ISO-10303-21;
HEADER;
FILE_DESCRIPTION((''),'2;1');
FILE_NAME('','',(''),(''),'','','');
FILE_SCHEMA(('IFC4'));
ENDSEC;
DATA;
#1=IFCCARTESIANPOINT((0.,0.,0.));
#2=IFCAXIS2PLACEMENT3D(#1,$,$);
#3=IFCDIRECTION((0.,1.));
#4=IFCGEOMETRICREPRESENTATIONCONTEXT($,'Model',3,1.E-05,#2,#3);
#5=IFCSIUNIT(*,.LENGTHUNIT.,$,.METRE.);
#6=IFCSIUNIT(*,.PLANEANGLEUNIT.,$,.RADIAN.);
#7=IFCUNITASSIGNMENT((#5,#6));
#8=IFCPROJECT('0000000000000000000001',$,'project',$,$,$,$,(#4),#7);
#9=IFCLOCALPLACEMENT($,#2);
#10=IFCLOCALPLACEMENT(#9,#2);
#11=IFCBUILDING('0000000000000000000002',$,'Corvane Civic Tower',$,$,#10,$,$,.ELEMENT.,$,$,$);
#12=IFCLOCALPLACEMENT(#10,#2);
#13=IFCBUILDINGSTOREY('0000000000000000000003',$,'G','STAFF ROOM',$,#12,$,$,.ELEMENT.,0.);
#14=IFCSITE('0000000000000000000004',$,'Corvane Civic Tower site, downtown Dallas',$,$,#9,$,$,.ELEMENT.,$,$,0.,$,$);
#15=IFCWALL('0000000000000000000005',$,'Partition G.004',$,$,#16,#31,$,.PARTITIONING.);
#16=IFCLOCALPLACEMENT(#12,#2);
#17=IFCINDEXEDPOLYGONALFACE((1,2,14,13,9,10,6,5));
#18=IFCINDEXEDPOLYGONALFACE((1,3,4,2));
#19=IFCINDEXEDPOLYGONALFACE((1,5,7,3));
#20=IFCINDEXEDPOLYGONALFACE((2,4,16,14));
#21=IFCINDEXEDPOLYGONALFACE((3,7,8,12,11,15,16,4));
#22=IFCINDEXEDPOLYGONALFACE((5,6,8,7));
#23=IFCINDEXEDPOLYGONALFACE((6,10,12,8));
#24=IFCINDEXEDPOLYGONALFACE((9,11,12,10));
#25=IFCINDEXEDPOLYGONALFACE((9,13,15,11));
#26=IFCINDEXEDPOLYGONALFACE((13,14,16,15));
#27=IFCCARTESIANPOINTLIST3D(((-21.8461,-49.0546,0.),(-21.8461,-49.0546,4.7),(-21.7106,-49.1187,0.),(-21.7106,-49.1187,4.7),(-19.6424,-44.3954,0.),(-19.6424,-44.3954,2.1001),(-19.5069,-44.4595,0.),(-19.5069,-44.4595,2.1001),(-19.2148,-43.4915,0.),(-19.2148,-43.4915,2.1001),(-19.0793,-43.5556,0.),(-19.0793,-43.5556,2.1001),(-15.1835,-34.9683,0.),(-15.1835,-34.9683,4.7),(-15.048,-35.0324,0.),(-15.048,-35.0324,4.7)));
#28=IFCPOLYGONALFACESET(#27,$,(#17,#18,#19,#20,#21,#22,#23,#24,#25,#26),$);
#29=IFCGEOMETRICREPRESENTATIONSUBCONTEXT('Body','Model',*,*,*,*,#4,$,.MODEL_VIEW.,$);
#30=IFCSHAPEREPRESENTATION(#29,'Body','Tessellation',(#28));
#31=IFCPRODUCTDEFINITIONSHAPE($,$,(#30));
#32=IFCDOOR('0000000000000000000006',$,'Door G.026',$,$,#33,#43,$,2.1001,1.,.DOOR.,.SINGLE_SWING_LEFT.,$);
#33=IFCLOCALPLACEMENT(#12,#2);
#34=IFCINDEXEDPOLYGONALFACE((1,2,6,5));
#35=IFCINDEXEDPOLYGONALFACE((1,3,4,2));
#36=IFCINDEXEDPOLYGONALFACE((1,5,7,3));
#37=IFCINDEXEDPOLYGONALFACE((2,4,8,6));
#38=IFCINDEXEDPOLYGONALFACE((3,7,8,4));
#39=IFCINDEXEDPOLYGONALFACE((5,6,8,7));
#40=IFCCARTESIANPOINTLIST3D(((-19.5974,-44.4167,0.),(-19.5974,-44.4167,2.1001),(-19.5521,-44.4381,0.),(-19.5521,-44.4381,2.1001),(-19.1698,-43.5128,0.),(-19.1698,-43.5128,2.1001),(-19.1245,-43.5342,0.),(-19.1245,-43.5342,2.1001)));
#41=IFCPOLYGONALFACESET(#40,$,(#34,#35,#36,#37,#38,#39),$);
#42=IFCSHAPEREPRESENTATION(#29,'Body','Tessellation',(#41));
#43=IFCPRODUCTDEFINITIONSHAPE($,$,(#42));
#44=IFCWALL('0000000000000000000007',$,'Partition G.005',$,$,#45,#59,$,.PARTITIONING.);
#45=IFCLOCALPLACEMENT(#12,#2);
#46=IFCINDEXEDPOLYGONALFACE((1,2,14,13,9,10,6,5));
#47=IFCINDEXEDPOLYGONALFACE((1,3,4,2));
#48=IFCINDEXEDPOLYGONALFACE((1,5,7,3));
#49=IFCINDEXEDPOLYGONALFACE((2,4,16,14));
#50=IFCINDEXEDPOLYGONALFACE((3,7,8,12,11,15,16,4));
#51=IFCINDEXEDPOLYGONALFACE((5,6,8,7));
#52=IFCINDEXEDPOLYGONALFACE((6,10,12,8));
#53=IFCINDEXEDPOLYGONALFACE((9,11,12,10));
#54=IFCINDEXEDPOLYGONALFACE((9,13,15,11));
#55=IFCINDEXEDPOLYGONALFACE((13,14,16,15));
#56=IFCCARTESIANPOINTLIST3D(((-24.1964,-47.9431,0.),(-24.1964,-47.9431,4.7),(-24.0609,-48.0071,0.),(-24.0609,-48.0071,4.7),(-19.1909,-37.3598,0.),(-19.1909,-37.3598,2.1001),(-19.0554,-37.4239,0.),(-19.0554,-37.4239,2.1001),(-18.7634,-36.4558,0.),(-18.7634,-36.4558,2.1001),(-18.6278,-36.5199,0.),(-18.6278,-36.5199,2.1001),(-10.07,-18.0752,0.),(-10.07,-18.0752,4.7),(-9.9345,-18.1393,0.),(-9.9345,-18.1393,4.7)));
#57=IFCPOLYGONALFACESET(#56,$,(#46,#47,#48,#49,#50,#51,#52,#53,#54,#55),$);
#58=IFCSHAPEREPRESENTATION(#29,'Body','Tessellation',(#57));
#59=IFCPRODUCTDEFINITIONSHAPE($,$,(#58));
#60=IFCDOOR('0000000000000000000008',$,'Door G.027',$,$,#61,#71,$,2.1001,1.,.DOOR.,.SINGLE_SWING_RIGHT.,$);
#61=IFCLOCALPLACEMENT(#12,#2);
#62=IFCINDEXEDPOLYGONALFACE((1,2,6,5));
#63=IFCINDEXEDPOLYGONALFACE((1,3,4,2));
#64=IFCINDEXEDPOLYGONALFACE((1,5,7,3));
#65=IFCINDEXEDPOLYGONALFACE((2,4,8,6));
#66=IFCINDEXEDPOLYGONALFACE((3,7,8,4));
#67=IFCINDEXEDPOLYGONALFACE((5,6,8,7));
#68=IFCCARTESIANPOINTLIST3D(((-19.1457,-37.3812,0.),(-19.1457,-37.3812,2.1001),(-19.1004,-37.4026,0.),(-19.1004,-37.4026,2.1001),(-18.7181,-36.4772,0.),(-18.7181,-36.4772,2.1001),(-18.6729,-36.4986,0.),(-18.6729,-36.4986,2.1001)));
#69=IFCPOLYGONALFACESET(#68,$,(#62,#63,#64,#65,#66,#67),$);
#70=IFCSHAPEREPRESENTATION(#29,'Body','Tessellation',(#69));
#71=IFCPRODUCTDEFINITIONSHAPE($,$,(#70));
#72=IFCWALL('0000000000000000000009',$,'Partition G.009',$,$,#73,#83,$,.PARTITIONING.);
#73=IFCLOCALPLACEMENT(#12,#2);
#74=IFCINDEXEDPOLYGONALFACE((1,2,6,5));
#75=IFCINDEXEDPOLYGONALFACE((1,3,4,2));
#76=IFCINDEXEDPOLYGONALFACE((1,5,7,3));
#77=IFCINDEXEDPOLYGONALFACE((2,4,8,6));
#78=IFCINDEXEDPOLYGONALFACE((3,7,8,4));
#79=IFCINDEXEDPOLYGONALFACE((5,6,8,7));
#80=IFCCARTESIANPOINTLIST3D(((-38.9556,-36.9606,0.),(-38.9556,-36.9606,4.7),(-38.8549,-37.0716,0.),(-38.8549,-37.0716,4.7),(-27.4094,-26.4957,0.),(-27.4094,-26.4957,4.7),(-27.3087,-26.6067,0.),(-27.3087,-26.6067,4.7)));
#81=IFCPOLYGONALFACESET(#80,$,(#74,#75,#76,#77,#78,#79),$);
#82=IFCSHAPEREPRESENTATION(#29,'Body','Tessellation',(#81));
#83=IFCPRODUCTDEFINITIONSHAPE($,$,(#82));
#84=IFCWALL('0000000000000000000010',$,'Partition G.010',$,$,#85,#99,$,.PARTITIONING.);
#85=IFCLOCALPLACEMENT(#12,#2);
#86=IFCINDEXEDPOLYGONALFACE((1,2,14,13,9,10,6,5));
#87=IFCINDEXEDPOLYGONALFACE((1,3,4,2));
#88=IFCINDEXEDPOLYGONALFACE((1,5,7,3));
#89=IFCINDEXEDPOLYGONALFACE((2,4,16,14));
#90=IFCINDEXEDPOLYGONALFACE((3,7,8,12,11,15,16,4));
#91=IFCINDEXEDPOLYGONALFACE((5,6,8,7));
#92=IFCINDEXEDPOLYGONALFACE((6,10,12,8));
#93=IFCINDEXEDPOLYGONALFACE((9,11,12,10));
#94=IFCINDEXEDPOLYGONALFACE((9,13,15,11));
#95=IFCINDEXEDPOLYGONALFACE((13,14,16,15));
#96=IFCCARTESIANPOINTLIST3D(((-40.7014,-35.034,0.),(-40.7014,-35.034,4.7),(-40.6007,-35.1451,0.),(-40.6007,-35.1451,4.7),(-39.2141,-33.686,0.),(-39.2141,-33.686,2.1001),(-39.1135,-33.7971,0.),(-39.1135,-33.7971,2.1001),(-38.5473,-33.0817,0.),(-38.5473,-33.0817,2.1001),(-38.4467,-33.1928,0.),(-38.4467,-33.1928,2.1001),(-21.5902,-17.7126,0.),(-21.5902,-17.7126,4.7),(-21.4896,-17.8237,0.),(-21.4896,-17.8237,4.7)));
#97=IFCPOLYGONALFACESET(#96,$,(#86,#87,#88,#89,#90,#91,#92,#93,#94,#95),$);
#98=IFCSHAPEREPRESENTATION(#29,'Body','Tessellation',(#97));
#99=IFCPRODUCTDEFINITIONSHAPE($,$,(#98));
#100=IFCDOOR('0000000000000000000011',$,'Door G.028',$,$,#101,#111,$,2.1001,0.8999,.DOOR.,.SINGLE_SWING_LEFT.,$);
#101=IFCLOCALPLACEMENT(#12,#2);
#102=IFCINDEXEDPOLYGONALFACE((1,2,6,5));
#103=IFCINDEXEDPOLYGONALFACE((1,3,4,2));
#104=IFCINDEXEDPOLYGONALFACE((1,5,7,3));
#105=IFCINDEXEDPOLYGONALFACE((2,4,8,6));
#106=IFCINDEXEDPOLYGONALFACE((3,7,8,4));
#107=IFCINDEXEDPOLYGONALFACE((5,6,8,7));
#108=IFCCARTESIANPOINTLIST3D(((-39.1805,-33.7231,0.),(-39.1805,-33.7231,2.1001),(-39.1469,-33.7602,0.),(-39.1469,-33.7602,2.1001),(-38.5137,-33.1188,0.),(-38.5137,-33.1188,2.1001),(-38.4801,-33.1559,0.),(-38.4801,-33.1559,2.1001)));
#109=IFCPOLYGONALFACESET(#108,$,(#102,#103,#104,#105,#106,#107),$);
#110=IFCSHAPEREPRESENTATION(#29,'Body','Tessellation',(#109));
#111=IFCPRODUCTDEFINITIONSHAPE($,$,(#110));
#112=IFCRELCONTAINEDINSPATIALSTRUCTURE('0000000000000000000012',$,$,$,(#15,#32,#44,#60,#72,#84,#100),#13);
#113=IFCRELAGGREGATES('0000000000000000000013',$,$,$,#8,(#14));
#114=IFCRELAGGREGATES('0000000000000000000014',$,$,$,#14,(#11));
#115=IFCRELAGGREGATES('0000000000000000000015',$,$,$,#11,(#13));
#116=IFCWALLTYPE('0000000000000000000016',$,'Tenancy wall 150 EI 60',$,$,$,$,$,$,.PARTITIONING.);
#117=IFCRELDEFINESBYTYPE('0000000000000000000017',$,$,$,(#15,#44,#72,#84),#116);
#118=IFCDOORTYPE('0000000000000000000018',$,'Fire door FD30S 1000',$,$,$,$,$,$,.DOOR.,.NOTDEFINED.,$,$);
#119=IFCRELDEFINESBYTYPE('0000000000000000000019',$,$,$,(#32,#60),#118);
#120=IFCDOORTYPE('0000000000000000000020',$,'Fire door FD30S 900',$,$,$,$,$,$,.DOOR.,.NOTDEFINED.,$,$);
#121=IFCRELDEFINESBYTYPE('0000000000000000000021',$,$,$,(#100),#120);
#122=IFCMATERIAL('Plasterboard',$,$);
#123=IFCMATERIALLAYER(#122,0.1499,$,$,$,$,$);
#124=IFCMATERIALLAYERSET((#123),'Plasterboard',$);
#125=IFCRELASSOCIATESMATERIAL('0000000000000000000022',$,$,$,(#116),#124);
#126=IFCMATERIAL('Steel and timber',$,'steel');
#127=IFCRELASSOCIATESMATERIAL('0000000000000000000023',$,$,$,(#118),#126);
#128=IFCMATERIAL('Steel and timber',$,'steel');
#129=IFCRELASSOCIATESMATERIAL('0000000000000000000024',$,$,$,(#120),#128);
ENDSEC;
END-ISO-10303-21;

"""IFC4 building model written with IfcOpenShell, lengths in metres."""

from ifc_helpers import new_model, si_unit, direction, frame, frame_2d, origin, place, context, subcontext, project, spatial, rectangle, extrude, material, layer, layer_set, type_object, element, fill, save


model = new_model("IFC4")

# Units and contexts
model_context = context("Model", 3, precision=1e-05, world=origin(), true_north=direction((0.0, 1.0)))
body_context = subcontext(model_context, "Body", "Model", "MODEL_VIEW")
ifc_project = project(units=[si_unit("LENGTHUNIT", "METRE"), si_unit("PLANEANGLEUNIT", "RADIAN")], contexts=[model_context])

# Site, building, storey
site_placement = place(None, origin())
site = spatial("IfcSite", under=ifc_project, at=site_placement, Name="Corvane Civic Tower site, downtown Dallas", CompositionType="ELEMENT", RefElevation=0.0)
building_placement = place(site_placement, origin())
building = spatial("IfcBuilding", under=site, at=building_placement, Name="Corvane Civic Tower", CompositionType="ELEMENT")
storey_placement = place(building_placement, origin())
storey = spatial("IfcBuildingStorey", under=building, at=storey_placement, Name="G", Description="STAFF ROOM", CompositionType="ELEMENT", Elevation=0.0)

# Walls, openings, doors
ifc_material_1 = material(Name="Plasterboard")
ifc_layer_1 = layer(ifc_material_1, 0.1499)
ifc_layer_set_1 = layer_set([ifc_layer_1], Name="Plasterboard")
wall_type_1 = type_object("IfcWallType", Name="Tenancy wall 150 EI 60", PredefinedType="PARTITIONING", material=ifc_layer_set_1)
wall_1_placement = place(storey_placement, frame((-21.7783, -49.0867, 0.0), z_axis=(0.0, 0.0, 1.0), x_axis=(0.427566, 0.903984, 0.0)))
wall_1 = element("IfcWall", 1, at=wall_1_placement, inside=storey, type_object=wall_type_1, Name="Partition G.004", PredefinedType="PARTITIONING", context=body_context, shape_type="SweptSolid", body=[
    extrude(rectangle(XDim=15.5825, YDim=0.1499, at=frame_2d((7.7913, 0.0))), origin(), (0.0, 0.0, 1.0), 4.7),
])
opening_1_placement = place(wall_1_placement, frame((5.1541, 0.0, 0.0)))
opening_1 = element("IfcOpeningElement", 2, at=opening_1_placement, cuts=wall_1, PredefinedType="OPENING", context=body_context, shape_type="SweptSolid", body=[
    extrude(rectangle(XDim=1.0, YDim=2.1001, at=frame_2d((0.5, 1.05))), frame((0.0, 0.085, 0.0), z_axis=(0.0, -1.0, 0.0), x_axis=(1.0, 0.0, 0.0)), (0.0, 0.0, 1.0), 0.1699),
])
ifc_material_2 = material(Name="Steel and timber", Category="steel")
door_type_1 = type_object("IfcDoorType", Name="Fire door FD30S 1000", OperationType="NOTDEFINED", PredefinedType="DOOR", material=ifc_material_2)
door_1_placement = place(opening_1_placement, frame((1.0, 0.0, 0.0), z_axis=(0.0, 0.0, 1.0), x_axis=(-1.0, 0.0, 0.0)))
door_1 = element("IfcDoor", 3, at=door_1_placement, inside=storey, type_object=door_type_1, Name="Door G.026", OperationType="SINGLE_SWING_LEFT", OverallHeight=2.1001, OverallWidth=1.0, PredefinedType="DOOR", context=body_context, shape_type="SweptSolid", body=[
    extrude(rectangle(XDim=1.0, YDim=2.1001, at=frame_2d((0.5, 1.05))), frame((0.0, 0.0249, 0.0), z_axis=(0.0, -1.0, 0.0), x_axis=(1.0, 0.0, 0.0)), (0.0, 0.0, 1.0), 0.05),
])
fill(opening_1, door_1)
wall_2_placement = place(storey_placement, frame((-24.1287, -47.9751, 0.0), z_axis=(0.0, 0.0, 1.0), x_axis=(0.427555, 0.903989, 0.0)))
wall_2 = element("IfcWall", 4, at=wall_2_placement, inside=storey, type_object=wall_type_1, Name="Partition G.005", PredefinedType="PARTITIONING", context=body_context, shape_type="SweptSolid", body=[
    extrude(rectangle(XDim=33.04, YDim=0.1499, at=frame_2d((16.52, 0.0))), origin(), (0.0, 0.0, 1.0), 4.7),
])
opening_2_placement = place(wall_2_placement, frame((11.7073, 0.0, 0.0)))
opening_2 = element("IfcOpeningElement", 5, at=opening_2_placement, cuts=wall_2, PredefinedType="OPENING", context=body_context, shape_type="SweptSolid", body=[
    extrude(rectangle(XDim=1.0, YDim=2.1001, at=frame_2d((0.5, 1.05))), frame((0.0, 0.085, 0.0), z_axis=(0.0, -1.0, 0.0), x_axis=(1.0, 0.0, 0.0)), (0.0, 0.0, 1.0), 0.1699),
])
door_2_placement = place(opening_2_placement, origin())
door_2 = element("IfcDoor", 6, at=door_2_placement, inside=storey, type_object=door_type_1, Name="Door G.027", OperationType="SINGLE_SWING_RIGHT", OverallHeight=2.1001, OverallWidth=1.0, PredefinedType="DOOR", context=body_context, shape_type="SweptSolid", body=[
    extrude(rectangle(XDim=1.0, YDim=2.1001, at=frame_2d((0.5, 1.05))), frame((0.0, 0.0249, 0.0), z_axis=(0.0, -1.0, 0.0), x_axis=(1.0, 0.0, 0.0)), (0.0, 0.0, 1.0), 0.05),
])
fill(opening_2, door_2)

# Wall
wall_3_placement = place(storey_placement, frame((-38.9053, -37.0161, 0.0), z_axis=(0.0, 0.0, 1.0), x_axis=(0.74095, 0.67156, 0.0)))
element("IfcWall", 7, at=wall_3_placement, inside=storey, type_object=wall_type_1, Name="Partition G.009", PredefinedType="PARTITIONING", context=body_context, shape_type="SweptSolid", body=[
    extrude(rectangle(XDim=15.583, YDim=0.1499, at=frame_2d((7.7915, 0.0))), origin(), (0.0, 0.0, 1.0), 4.7),
])

# Wall, opening, door
wall_4_placement = place(storey_placement, frame((-40.6511, -35.0896, 0.0), z_axis=(0.0, 0.0, 1.0), x_axis=(0.740951, 0.671559, 0.0)))
wall_4 = element("IfcWall", 8, at=wall_4_placement, inside=storey, type_object=wall_type_1, Name="Partition G.010", PredefinedType="PARTITIONING", context=body_context, shape_type="SweptSolid", body=[
    extrude(rectangle(XDim=25.7927, YDim=0.1499, at=frame_2d((12.8965, 0.0))), origin(), (0.0, 0.0, 1.0), 4.7),
])
opening_3_placement = place(wall_4_placement, frame((2.0073, 0.0, 0.0)))
opening_3 = element("IfcOpeningElement", 9, at=opening_3_placement, cuts=wall_4, PredefinedType="OPENING", context=body_context, shape_type="SweptSolid", body=[
    extrude(rectangle(XDim=0.8999, YDim=2.1001, at=frame_2d((0.45, 1.05))), frame((0.0, 0.085, 0.0), z_axis=(0.0, -1.0, 0.0), x_axis=(1.0, 0.0, 0.0)), (0.0, 0.0, 1.0), 0.1699),
])
ifc_material_3 = material(Name="Steel and timber", Category="steel")
door_type_2 = type_object("IfcDoorType", Name="Fire door FD30S 900", OperationType="NOTDEFINED", PredefinedType="DOOR", material=ifc_material_3)
door_3_placement = place(opening_3_placement, origin())
door_3 = element("IfcDoor", 10, at=door_3_placement, inside=storey, type_object=door_type_2, Name="Door G.028", OperationType="SINGLE_SWING_LEFT", OverallHeight=2.1001, OverallWidth=0.8999, PredefinedType="DOOR", context=body_context, shape_type="SweptSolid", body=[
    extrude(rectangle(XDim=0.8999, YDim=2.1001, at=frame_2d((0.45, 1.05))), frame((0.0, 0.0249, 0.0), z_axis=(0.0, -1.0, 0.0), x_axis=(1.0, 0.0, 0.0)), (0.0, 0.0, 1.0), 0.05),
])
fill(opening_3, door_3)

save(model, "model.ifc")
